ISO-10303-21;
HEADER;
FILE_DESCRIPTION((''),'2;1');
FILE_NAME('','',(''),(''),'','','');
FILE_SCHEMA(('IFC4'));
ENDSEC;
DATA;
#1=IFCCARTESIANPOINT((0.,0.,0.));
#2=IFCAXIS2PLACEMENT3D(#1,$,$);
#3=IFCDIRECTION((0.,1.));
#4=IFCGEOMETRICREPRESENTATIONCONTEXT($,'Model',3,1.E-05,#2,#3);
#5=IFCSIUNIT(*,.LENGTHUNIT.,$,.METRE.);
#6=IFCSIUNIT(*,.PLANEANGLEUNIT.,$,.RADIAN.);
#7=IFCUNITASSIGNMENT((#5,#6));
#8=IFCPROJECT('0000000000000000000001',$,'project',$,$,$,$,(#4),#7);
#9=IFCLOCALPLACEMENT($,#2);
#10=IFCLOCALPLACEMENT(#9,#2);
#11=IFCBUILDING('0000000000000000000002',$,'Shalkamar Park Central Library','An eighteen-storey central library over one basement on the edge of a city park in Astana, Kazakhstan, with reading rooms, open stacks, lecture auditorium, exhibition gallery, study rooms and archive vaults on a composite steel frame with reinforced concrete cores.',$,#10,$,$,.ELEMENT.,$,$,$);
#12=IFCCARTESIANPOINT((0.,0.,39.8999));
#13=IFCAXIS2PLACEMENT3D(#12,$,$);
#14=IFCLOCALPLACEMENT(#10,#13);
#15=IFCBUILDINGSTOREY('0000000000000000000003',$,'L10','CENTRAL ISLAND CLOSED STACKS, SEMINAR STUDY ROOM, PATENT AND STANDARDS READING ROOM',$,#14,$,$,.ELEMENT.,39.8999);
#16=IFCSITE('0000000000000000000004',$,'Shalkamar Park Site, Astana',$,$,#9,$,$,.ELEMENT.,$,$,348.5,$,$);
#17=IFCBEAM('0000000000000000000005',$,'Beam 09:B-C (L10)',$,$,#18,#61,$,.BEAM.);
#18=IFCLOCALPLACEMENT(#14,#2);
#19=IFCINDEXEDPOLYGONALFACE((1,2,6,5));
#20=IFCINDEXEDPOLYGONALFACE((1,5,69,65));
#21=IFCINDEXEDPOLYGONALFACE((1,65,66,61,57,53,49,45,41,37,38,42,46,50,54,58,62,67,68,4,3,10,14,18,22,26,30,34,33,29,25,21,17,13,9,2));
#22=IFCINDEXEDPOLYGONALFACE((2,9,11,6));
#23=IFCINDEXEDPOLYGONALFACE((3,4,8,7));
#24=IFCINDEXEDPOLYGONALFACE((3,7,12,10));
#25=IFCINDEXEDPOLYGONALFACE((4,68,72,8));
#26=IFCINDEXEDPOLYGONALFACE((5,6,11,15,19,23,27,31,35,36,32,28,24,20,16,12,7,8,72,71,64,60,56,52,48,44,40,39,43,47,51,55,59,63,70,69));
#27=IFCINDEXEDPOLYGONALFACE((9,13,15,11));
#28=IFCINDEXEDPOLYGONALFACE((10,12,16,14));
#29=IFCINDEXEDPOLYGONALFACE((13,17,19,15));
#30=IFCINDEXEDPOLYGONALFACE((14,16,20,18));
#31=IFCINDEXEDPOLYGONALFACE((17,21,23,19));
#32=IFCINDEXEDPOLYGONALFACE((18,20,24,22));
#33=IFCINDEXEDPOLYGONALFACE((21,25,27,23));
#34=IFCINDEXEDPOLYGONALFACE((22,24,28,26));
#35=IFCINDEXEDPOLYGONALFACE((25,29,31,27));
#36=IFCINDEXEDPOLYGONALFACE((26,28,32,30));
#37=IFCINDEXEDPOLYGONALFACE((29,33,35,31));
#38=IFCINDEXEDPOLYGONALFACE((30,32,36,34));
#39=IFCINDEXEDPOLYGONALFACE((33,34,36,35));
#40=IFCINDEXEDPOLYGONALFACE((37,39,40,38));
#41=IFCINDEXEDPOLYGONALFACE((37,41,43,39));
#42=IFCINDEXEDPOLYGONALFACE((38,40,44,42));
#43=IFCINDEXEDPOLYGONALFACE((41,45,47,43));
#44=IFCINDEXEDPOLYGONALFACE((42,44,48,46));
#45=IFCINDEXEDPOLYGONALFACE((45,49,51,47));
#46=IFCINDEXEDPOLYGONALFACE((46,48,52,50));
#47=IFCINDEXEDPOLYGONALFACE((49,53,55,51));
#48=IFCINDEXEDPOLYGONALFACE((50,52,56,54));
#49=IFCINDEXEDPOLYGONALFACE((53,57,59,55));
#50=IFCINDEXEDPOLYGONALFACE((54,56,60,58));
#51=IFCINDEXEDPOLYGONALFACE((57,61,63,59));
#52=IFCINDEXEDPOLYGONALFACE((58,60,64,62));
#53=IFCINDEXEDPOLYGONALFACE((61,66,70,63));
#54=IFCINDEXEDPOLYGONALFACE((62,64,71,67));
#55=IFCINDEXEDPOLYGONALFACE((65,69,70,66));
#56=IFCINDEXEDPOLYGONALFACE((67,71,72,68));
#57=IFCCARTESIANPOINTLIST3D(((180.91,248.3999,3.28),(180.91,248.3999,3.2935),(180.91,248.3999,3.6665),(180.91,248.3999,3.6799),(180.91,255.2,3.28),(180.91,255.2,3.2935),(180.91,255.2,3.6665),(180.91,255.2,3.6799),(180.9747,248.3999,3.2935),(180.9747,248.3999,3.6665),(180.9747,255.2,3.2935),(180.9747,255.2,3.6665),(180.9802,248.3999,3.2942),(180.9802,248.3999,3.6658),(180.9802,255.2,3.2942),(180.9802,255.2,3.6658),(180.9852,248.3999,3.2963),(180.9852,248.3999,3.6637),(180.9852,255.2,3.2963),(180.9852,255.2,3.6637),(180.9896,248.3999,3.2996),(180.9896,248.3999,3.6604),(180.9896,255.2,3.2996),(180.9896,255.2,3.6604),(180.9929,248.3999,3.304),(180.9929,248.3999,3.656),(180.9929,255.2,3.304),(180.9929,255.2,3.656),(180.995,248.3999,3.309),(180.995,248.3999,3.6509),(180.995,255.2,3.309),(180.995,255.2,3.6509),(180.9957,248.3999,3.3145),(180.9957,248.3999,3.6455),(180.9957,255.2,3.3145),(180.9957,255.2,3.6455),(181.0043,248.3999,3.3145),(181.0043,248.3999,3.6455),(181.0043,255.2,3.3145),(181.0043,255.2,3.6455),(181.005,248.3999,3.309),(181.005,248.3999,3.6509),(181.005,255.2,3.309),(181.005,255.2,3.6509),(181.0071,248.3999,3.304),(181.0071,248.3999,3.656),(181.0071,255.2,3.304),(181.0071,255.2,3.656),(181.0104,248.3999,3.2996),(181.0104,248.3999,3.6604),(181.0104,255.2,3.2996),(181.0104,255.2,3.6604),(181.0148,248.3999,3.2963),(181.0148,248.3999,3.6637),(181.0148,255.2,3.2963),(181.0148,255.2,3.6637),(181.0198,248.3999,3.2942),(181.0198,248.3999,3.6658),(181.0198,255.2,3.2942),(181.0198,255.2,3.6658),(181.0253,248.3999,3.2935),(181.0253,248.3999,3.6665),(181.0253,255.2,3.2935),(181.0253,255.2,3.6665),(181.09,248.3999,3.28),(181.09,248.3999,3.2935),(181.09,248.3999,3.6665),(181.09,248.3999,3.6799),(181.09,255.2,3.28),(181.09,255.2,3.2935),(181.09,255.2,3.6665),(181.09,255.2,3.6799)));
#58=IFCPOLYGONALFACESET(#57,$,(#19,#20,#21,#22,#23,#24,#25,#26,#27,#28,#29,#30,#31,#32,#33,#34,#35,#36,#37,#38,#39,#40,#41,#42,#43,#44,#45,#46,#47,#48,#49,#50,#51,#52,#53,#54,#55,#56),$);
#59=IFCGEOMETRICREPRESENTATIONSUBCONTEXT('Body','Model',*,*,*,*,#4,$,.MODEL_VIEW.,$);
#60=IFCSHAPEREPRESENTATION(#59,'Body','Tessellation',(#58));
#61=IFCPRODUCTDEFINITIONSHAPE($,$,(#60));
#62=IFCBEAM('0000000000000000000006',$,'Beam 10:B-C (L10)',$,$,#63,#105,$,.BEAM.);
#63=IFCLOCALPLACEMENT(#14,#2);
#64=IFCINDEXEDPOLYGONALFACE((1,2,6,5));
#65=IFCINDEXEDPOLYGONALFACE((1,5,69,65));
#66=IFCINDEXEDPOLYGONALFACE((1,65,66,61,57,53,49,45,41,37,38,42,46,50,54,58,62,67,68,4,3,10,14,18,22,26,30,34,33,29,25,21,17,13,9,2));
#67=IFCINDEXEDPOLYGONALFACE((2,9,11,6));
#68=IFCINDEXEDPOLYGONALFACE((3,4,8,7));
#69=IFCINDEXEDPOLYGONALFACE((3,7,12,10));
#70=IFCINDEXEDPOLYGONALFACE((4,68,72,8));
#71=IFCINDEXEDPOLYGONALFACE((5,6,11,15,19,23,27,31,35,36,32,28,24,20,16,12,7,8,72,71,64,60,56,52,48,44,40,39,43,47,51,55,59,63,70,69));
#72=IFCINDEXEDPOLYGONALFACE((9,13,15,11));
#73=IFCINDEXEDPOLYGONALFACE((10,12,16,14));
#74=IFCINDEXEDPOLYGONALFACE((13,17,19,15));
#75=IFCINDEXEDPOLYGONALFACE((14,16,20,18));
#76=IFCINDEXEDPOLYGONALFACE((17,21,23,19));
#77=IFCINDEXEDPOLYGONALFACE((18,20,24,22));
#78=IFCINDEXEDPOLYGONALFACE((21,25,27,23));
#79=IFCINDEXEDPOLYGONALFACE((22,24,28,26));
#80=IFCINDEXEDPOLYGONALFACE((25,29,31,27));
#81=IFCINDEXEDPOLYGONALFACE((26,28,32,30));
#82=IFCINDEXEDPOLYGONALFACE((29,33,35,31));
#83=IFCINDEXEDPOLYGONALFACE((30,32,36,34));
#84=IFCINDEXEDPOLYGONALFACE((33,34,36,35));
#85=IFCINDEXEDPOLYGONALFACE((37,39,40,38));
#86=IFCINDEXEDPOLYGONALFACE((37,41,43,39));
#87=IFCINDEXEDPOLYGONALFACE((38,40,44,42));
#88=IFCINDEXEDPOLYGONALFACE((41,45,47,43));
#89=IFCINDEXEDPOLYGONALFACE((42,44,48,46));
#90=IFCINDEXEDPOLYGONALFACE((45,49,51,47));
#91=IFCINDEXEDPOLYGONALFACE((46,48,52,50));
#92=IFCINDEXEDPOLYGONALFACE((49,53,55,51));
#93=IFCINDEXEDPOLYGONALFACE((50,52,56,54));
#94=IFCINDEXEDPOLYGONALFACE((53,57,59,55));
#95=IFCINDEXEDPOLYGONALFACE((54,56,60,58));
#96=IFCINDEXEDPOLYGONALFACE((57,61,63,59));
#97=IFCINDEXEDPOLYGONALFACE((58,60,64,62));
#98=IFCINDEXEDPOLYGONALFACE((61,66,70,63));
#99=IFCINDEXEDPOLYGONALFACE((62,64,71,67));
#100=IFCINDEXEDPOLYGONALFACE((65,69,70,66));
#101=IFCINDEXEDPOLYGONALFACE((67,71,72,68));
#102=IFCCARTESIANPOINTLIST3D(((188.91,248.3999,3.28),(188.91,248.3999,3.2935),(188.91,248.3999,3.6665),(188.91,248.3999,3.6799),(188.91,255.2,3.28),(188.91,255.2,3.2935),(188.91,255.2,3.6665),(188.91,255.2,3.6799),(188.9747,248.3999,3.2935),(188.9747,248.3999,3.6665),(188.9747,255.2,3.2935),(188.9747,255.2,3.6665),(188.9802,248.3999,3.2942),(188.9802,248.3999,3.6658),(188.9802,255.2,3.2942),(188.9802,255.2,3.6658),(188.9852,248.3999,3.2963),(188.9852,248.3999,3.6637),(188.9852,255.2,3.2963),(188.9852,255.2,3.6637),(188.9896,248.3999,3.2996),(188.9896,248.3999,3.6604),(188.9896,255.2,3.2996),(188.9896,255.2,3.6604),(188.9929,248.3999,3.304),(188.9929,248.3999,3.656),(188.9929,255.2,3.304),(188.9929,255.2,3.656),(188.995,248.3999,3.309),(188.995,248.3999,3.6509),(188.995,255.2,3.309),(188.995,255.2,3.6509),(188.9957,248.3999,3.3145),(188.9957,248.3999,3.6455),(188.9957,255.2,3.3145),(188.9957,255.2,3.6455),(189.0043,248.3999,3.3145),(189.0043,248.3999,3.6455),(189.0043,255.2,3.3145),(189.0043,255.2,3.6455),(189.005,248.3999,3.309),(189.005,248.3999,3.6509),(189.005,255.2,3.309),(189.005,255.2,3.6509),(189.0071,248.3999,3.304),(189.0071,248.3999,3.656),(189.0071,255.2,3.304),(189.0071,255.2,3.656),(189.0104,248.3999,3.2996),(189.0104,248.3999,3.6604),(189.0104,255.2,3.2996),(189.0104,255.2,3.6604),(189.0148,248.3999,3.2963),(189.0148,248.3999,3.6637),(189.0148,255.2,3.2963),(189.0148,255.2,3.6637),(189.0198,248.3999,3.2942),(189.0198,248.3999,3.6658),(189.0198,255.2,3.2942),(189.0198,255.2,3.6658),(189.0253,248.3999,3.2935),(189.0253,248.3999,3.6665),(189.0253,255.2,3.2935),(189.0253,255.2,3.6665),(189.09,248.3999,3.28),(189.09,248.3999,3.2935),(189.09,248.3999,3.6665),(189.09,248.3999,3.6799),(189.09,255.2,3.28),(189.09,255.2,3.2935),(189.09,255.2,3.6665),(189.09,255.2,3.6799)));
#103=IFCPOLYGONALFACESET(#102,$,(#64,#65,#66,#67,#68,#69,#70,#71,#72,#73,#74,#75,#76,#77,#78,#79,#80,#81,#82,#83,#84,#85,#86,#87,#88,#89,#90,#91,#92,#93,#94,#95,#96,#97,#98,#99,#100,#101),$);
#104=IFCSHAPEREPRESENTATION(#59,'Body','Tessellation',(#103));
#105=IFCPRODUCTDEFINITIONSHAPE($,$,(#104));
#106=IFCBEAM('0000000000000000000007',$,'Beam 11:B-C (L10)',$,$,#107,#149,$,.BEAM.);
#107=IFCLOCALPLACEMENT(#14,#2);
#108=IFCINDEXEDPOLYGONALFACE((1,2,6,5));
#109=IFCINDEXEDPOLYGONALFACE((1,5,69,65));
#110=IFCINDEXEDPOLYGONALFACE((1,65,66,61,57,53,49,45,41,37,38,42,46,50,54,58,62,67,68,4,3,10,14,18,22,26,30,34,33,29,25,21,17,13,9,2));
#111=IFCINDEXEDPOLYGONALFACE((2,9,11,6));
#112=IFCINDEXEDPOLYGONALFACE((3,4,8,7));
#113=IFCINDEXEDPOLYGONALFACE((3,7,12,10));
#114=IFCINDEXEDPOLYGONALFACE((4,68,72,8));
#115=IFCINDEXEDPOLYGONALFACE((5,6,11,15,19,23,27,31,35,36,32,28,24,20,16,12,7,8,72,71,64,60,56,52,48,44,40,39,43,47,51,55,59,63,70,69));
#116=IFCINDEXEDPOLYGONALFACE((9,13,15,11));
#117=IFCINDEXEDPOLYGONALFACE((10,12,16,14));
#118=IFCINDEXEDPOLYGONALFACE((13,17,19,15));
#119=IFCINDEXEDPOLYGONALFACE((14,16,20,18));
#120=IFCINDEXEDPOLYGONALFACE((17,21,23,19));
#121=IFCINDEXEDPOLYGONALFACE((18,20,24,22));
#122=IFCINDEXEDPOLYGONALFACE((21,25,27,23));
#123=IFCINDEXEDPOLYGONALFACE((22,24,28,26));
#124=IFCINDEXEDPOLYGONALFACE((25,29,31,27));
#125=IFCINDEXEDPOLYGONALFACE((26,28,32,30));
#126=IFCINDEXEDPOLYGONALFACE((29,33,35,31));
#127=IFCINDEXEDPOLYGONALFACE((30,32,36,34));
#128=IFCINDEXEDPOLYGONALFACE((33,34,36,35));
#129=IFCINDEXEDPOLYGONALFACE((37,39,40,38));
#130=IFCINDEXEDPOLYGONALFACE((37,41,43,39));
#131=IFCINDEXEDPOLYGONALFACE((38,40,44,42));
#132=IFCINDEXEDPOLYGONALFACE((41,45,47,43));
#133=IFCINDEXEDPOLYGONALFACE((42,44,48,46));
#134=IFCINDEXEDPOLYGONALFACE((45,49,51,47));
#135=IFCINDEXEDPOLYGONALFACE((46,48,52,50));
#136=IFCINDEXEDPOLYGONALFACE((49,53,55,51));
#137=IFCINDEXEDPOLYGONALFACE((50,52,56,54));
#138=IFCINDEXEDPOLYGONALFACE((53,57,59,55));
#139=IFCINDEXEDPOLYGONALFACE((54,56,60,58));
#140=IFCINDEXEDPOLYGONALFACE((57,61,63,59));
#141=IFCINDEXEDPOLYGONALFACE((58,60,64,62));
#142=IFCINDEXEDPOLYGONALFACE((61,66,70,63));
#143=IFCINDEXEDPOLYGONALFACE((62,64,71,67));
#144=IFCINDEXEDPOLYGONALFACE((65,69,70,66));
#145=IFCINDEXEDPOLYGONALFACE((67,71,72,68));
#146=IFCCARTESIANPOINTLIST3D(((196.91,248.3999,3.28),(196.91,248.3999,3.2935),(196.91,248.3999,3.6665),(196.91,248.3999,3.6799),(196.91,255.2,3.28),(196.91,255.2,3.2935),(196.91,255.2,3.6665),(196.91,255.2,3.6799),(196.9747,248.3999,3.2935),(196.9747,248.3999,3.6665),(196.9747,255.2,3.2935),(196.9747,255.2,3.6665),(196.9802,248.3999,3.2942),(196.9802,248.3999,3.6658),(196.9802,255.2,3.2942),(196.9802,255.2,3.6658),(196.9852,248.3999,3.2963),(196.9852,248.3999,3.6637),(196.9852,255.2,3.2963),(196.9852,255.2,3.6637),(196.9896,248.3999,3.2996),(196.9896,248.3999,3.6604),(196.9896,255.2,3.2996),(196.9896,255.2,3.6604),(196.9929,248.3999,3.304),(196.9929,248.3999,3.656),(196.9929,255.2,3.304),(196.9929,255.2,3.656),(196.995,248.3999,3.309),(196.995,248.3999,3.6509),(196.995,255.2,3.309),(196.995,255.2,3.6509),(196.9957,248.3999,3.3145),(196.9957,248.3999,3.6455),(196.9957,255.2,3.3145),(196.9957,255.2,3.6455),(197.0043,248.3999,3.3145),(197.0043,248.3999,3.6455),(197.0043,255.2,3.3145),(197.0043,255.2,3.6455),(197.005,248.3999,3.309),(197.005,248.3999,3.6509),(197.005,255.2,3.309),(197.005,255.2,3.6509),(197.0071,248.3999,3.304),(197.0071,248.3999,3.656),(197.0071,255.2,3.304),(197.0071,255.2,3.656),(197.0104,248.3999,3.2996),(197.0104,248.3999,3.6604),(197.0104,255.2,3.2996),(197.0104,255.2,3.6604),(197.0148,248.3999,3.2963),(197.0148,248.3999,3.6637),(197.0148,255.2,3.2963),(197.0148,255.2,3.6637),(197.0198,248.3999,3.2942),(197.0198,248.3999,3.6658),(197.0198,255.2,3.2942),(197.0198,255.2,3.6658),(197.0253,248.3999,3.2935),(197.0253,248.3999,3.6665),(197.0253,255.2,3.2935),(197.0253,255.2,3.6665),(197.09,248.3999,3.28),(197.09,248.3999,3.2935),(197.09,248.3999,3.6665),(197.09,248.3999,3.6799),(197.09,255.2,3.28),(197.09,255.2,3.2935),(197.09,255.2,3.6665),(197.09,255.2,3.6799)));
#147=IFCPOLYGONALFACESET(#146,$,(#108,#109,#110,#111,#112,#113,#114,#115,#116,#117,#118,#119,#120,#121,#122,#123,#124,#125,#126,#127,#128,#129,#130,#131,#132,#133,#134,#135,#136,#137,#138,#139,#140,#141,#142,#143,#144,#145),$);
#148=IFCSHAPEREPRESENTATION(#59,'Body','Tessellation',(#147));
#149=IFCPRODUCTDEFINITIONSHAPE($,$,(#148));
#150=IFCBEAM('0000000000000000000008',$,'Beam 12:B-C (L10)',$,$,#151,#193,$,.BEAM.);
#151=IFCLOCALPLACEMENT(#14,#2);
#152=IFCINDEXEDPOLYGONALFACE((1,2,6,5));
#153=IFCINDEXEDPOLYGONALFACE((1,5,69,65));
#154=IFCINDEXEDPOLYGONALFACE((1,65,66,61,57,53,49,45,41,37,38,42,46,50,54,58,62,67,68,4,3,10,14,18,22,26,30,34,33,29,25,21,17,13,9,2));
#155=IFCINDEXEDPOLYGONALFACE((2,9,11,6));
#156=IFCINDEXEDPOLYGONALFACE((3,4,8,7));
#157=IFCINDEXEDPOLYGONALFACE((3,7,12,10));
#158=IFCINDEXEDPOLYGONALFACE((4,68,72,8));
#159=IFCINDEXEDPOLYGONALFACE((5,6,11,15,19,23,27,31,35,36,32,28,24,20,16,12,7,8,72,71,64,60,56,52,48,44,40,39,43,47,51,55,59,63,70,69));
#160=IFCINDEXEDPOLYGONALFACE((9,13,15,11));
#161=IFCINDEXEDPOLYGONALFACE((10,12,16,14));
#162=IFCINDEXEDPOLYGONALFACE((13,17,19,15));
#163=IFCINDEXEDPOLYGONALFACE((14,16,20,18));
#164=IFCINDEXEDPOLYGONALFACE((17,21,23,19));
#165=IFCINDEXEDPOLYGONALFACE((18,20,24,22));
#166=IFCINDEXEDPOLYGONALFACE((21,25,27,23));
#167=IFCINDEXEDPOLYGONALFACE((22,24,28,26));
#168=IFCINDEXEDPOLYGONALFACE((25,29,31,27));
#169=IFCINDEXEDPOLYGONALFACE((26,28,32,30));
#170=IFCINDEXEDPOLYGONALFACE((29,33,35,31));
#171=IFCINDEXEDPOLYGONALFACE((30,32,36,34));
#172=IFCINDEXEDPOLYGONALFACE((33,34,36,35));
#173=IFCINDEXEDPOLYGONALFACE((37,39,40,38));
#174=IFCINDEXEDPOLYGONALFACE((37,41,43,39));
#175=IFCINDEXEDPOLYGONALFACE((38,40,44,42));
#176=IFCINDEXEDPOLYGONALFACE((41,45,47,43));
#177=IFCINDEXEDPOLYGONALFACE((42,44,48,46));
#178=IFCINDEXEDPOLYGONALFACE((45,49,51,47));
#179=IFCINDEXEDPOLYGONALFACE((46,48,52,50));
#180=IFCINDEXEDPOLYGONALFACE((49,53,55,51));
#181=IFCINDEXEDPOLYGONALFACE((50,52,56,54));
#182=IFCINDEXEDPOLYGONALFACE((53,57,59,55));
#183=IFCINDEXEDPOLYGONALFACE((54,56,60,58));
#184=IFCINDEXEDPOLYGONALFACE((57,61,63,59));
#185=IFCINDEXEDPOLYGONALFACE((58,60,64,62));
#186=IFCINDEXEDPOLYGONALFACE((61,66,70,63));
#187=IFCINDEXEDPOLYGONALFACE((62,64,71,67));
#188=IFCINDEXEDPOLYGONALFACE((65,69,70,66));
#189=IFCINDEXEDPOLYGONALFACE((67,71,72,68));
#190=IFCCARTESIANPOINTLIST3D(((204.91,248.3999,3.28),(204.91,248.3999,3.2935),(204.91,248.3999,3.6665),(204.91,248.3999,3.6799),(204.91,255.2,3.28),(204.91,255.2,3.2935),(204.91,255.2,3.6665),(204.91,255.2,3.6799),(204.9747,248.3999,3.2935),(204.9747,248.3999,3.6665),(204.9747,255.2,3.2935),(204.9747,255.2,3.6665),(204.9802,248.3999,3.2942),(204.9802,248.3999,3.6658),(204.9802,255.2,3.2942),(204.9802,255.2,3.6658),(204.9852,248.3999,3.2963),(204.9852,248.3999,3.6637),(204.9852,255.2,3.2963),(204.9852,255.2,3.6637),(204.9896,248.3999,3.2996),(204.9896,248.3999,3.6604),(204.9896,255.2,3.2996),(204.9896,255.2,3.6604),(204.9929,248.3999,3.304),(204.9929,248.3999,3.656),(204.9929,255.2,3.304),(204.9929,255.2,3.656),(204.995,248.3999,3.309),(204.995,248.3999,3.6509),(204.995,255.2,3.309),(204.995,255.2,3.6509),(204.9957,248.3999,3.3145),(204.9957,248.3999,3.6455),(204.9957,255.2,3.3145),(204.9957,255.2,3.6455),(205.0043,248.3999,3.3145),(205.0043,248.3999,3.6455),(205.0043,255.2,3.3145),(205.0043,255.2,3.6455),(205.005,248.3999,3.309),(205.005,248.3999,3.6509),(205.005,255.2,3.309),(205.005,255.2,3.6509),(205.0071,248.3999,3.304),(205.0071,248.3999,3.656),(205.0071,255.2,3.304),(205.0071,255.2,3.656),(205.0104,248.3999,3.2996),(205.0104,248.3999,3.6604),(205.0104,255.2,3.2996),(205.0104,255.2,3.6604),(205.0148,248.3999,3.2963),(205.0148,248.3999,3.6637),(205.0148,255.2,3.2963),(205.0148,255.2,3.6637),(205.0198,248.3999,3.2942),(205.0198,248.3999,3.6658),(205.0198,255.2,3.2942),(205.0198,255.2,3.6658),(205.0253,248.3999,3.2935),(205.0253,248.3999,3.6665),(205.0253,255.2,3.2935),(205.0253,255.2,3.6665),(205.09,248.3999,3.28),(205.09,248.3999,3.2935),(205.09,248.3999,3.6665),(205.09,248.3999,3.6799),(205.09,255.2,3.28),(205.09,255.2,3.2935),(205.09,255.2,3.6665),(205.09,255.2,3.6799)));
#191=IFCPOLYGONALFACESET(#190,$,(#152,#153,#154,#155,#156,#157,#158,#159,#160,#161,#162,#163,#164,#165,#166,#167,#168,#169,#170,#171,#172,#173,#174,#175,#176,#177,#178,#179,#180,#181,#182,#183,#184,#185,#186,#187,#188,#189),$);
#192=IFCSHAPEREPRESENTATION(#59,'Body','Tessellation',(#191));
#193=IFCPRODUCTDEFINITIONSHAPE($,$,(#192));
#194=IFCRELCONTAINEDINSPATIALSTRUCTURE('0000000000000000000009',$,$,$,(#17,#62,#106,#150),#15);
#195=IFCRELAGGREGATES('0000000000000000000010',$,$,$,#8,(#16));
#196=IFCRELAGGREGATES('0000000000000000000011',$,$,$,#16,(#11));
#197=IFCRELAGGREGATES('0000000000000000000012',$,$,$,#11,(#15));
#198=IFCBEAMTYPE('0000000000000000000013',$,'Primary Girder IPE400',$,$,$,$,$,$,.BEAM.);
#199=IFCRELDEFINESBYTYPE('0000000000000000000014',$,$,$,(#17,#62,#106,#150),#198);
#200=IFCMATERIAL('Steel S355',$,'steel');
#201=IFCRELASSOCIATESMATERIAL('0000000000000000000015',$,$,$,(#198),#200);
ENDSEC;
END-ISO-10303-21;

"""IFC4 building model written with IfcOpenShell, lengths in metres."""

from ifc_helpers import new_model, si_unit, direction, frame, origin, origin_2d, place, context, subcontext, project, spatial, i_section, extrude, material, material_profile, profile_set, type_object, element, save


model = new_model("IFC4")

# Units and contexts
model_context = context("Model", 3, precision=1e-05, world=origin(), true_north=direction((0.0, 1.0)))
body_context = subcontext(model_context, "Body", "Model", "MODEL_VIEW")
ifc_project = project(units=[si_unit("LENGTHUNIT", "METRE"), si_unit("PLANEANGLEUNIT", "RADIAN")], contexts=[model_context])

# Site, building, storey
site_placement = place(None, origin())
site = spatial("IfcSite", under=ifc_project, at=site_placement, Name="Shalkamar Park Site, Astana", CompositionType="ELEMENT", RefElevation=348.5)
building_placement = place(site_placement, origin())
building = spatial("IfcBuilding", under=site, at=building_placement, Name="Shalkamar Park Central Library", Description="An eighteen-storey central library over one basement on the edge of a city park in Astana, Kazakhstan, with reading rooms, open stacks, lecture auditorium, exhibition gallery, study rooms and archive vaults on a composite steel frame with reinforced concrete cores.", CompositionType="ELEMENT")
storey_placement = place(building_placement, frame((0.0, 0.0, 39.8999)))
storey = spatial("IfcBuildingStorey", under=building, at=storey_placement, Name="L10", Description="CENTRAL ISLAND CLOSED STACKS, SEMINAR STUDY ROOM, PATENT AND STANDARDS READING ROOM", CompositionType="ELEMENT", Elevation=39.8999)

# Shared definitions
ifc_material_1 = material(Name="Steel S355", Category="steel")

# Beams
ifc_material_profile_1 = material_profile(ifc_material_1, i_section(OverallWidth=0.1799, OverallDepth=0.3999, WebThickness=0.0085, FlangeThickness=0.0134, FilletRadius=0.021, at=origin_2d()), Name="IPE 400")
ifc_profile_set_1 = profile_set([ifc_material_profile_1], Name="Steel S355")
beam_type_1 = type_object("IfcBeamType", Name="Primary Girder IPE400", PredefinedType="BEAM", material=ifc_profile_set_1)
for number, where, z_axis, x_axis, name in (
    (1, (181.0, 248.3999, 3.48), (0.0, 1.0, 0.0), (-1.0, 0.0, 0.0), "Beam 09:B-C (L10)"),
    (2, (189.0, 248.3999, 3.48), (0.0, 1.0, 0.0), (-1.0, 0.0, 0.0), "Beam 10:B-C (L10)"),
    (3, (197.0, 248.3999, 3.48), (0.0, 1.0, 0.0), (-1.0, 0.0, 0.0), "Beam 11:B-C (L10)"),
    (4, (205.0, 248.3999, 3.48), (0.0, 1.0, 0.0), (-1.0, 0.0, 0.0), "Beam 12:B-C (L10)"),
):
    element("IfcBeam", number, at=place(storey_placement, frame(where, z_axis=z_axis, x_axis=x_axis)), inside=storey, type_object=beam_type_1, Name=name, PredefinedType="BEAM", context=body_context, shape_type="SweptSolid", body=[
        extrude(i_section(OverallWidth=0.1799, OverallDepth=0.3999, WebThickness=0.0085, FlangeThickness=0.0134, FilletRadius=0.021, at=origin_2d()), origin(), (0.0, 0.0, 1.0), 6.8),
    ])

save(model, "model.ifc")
